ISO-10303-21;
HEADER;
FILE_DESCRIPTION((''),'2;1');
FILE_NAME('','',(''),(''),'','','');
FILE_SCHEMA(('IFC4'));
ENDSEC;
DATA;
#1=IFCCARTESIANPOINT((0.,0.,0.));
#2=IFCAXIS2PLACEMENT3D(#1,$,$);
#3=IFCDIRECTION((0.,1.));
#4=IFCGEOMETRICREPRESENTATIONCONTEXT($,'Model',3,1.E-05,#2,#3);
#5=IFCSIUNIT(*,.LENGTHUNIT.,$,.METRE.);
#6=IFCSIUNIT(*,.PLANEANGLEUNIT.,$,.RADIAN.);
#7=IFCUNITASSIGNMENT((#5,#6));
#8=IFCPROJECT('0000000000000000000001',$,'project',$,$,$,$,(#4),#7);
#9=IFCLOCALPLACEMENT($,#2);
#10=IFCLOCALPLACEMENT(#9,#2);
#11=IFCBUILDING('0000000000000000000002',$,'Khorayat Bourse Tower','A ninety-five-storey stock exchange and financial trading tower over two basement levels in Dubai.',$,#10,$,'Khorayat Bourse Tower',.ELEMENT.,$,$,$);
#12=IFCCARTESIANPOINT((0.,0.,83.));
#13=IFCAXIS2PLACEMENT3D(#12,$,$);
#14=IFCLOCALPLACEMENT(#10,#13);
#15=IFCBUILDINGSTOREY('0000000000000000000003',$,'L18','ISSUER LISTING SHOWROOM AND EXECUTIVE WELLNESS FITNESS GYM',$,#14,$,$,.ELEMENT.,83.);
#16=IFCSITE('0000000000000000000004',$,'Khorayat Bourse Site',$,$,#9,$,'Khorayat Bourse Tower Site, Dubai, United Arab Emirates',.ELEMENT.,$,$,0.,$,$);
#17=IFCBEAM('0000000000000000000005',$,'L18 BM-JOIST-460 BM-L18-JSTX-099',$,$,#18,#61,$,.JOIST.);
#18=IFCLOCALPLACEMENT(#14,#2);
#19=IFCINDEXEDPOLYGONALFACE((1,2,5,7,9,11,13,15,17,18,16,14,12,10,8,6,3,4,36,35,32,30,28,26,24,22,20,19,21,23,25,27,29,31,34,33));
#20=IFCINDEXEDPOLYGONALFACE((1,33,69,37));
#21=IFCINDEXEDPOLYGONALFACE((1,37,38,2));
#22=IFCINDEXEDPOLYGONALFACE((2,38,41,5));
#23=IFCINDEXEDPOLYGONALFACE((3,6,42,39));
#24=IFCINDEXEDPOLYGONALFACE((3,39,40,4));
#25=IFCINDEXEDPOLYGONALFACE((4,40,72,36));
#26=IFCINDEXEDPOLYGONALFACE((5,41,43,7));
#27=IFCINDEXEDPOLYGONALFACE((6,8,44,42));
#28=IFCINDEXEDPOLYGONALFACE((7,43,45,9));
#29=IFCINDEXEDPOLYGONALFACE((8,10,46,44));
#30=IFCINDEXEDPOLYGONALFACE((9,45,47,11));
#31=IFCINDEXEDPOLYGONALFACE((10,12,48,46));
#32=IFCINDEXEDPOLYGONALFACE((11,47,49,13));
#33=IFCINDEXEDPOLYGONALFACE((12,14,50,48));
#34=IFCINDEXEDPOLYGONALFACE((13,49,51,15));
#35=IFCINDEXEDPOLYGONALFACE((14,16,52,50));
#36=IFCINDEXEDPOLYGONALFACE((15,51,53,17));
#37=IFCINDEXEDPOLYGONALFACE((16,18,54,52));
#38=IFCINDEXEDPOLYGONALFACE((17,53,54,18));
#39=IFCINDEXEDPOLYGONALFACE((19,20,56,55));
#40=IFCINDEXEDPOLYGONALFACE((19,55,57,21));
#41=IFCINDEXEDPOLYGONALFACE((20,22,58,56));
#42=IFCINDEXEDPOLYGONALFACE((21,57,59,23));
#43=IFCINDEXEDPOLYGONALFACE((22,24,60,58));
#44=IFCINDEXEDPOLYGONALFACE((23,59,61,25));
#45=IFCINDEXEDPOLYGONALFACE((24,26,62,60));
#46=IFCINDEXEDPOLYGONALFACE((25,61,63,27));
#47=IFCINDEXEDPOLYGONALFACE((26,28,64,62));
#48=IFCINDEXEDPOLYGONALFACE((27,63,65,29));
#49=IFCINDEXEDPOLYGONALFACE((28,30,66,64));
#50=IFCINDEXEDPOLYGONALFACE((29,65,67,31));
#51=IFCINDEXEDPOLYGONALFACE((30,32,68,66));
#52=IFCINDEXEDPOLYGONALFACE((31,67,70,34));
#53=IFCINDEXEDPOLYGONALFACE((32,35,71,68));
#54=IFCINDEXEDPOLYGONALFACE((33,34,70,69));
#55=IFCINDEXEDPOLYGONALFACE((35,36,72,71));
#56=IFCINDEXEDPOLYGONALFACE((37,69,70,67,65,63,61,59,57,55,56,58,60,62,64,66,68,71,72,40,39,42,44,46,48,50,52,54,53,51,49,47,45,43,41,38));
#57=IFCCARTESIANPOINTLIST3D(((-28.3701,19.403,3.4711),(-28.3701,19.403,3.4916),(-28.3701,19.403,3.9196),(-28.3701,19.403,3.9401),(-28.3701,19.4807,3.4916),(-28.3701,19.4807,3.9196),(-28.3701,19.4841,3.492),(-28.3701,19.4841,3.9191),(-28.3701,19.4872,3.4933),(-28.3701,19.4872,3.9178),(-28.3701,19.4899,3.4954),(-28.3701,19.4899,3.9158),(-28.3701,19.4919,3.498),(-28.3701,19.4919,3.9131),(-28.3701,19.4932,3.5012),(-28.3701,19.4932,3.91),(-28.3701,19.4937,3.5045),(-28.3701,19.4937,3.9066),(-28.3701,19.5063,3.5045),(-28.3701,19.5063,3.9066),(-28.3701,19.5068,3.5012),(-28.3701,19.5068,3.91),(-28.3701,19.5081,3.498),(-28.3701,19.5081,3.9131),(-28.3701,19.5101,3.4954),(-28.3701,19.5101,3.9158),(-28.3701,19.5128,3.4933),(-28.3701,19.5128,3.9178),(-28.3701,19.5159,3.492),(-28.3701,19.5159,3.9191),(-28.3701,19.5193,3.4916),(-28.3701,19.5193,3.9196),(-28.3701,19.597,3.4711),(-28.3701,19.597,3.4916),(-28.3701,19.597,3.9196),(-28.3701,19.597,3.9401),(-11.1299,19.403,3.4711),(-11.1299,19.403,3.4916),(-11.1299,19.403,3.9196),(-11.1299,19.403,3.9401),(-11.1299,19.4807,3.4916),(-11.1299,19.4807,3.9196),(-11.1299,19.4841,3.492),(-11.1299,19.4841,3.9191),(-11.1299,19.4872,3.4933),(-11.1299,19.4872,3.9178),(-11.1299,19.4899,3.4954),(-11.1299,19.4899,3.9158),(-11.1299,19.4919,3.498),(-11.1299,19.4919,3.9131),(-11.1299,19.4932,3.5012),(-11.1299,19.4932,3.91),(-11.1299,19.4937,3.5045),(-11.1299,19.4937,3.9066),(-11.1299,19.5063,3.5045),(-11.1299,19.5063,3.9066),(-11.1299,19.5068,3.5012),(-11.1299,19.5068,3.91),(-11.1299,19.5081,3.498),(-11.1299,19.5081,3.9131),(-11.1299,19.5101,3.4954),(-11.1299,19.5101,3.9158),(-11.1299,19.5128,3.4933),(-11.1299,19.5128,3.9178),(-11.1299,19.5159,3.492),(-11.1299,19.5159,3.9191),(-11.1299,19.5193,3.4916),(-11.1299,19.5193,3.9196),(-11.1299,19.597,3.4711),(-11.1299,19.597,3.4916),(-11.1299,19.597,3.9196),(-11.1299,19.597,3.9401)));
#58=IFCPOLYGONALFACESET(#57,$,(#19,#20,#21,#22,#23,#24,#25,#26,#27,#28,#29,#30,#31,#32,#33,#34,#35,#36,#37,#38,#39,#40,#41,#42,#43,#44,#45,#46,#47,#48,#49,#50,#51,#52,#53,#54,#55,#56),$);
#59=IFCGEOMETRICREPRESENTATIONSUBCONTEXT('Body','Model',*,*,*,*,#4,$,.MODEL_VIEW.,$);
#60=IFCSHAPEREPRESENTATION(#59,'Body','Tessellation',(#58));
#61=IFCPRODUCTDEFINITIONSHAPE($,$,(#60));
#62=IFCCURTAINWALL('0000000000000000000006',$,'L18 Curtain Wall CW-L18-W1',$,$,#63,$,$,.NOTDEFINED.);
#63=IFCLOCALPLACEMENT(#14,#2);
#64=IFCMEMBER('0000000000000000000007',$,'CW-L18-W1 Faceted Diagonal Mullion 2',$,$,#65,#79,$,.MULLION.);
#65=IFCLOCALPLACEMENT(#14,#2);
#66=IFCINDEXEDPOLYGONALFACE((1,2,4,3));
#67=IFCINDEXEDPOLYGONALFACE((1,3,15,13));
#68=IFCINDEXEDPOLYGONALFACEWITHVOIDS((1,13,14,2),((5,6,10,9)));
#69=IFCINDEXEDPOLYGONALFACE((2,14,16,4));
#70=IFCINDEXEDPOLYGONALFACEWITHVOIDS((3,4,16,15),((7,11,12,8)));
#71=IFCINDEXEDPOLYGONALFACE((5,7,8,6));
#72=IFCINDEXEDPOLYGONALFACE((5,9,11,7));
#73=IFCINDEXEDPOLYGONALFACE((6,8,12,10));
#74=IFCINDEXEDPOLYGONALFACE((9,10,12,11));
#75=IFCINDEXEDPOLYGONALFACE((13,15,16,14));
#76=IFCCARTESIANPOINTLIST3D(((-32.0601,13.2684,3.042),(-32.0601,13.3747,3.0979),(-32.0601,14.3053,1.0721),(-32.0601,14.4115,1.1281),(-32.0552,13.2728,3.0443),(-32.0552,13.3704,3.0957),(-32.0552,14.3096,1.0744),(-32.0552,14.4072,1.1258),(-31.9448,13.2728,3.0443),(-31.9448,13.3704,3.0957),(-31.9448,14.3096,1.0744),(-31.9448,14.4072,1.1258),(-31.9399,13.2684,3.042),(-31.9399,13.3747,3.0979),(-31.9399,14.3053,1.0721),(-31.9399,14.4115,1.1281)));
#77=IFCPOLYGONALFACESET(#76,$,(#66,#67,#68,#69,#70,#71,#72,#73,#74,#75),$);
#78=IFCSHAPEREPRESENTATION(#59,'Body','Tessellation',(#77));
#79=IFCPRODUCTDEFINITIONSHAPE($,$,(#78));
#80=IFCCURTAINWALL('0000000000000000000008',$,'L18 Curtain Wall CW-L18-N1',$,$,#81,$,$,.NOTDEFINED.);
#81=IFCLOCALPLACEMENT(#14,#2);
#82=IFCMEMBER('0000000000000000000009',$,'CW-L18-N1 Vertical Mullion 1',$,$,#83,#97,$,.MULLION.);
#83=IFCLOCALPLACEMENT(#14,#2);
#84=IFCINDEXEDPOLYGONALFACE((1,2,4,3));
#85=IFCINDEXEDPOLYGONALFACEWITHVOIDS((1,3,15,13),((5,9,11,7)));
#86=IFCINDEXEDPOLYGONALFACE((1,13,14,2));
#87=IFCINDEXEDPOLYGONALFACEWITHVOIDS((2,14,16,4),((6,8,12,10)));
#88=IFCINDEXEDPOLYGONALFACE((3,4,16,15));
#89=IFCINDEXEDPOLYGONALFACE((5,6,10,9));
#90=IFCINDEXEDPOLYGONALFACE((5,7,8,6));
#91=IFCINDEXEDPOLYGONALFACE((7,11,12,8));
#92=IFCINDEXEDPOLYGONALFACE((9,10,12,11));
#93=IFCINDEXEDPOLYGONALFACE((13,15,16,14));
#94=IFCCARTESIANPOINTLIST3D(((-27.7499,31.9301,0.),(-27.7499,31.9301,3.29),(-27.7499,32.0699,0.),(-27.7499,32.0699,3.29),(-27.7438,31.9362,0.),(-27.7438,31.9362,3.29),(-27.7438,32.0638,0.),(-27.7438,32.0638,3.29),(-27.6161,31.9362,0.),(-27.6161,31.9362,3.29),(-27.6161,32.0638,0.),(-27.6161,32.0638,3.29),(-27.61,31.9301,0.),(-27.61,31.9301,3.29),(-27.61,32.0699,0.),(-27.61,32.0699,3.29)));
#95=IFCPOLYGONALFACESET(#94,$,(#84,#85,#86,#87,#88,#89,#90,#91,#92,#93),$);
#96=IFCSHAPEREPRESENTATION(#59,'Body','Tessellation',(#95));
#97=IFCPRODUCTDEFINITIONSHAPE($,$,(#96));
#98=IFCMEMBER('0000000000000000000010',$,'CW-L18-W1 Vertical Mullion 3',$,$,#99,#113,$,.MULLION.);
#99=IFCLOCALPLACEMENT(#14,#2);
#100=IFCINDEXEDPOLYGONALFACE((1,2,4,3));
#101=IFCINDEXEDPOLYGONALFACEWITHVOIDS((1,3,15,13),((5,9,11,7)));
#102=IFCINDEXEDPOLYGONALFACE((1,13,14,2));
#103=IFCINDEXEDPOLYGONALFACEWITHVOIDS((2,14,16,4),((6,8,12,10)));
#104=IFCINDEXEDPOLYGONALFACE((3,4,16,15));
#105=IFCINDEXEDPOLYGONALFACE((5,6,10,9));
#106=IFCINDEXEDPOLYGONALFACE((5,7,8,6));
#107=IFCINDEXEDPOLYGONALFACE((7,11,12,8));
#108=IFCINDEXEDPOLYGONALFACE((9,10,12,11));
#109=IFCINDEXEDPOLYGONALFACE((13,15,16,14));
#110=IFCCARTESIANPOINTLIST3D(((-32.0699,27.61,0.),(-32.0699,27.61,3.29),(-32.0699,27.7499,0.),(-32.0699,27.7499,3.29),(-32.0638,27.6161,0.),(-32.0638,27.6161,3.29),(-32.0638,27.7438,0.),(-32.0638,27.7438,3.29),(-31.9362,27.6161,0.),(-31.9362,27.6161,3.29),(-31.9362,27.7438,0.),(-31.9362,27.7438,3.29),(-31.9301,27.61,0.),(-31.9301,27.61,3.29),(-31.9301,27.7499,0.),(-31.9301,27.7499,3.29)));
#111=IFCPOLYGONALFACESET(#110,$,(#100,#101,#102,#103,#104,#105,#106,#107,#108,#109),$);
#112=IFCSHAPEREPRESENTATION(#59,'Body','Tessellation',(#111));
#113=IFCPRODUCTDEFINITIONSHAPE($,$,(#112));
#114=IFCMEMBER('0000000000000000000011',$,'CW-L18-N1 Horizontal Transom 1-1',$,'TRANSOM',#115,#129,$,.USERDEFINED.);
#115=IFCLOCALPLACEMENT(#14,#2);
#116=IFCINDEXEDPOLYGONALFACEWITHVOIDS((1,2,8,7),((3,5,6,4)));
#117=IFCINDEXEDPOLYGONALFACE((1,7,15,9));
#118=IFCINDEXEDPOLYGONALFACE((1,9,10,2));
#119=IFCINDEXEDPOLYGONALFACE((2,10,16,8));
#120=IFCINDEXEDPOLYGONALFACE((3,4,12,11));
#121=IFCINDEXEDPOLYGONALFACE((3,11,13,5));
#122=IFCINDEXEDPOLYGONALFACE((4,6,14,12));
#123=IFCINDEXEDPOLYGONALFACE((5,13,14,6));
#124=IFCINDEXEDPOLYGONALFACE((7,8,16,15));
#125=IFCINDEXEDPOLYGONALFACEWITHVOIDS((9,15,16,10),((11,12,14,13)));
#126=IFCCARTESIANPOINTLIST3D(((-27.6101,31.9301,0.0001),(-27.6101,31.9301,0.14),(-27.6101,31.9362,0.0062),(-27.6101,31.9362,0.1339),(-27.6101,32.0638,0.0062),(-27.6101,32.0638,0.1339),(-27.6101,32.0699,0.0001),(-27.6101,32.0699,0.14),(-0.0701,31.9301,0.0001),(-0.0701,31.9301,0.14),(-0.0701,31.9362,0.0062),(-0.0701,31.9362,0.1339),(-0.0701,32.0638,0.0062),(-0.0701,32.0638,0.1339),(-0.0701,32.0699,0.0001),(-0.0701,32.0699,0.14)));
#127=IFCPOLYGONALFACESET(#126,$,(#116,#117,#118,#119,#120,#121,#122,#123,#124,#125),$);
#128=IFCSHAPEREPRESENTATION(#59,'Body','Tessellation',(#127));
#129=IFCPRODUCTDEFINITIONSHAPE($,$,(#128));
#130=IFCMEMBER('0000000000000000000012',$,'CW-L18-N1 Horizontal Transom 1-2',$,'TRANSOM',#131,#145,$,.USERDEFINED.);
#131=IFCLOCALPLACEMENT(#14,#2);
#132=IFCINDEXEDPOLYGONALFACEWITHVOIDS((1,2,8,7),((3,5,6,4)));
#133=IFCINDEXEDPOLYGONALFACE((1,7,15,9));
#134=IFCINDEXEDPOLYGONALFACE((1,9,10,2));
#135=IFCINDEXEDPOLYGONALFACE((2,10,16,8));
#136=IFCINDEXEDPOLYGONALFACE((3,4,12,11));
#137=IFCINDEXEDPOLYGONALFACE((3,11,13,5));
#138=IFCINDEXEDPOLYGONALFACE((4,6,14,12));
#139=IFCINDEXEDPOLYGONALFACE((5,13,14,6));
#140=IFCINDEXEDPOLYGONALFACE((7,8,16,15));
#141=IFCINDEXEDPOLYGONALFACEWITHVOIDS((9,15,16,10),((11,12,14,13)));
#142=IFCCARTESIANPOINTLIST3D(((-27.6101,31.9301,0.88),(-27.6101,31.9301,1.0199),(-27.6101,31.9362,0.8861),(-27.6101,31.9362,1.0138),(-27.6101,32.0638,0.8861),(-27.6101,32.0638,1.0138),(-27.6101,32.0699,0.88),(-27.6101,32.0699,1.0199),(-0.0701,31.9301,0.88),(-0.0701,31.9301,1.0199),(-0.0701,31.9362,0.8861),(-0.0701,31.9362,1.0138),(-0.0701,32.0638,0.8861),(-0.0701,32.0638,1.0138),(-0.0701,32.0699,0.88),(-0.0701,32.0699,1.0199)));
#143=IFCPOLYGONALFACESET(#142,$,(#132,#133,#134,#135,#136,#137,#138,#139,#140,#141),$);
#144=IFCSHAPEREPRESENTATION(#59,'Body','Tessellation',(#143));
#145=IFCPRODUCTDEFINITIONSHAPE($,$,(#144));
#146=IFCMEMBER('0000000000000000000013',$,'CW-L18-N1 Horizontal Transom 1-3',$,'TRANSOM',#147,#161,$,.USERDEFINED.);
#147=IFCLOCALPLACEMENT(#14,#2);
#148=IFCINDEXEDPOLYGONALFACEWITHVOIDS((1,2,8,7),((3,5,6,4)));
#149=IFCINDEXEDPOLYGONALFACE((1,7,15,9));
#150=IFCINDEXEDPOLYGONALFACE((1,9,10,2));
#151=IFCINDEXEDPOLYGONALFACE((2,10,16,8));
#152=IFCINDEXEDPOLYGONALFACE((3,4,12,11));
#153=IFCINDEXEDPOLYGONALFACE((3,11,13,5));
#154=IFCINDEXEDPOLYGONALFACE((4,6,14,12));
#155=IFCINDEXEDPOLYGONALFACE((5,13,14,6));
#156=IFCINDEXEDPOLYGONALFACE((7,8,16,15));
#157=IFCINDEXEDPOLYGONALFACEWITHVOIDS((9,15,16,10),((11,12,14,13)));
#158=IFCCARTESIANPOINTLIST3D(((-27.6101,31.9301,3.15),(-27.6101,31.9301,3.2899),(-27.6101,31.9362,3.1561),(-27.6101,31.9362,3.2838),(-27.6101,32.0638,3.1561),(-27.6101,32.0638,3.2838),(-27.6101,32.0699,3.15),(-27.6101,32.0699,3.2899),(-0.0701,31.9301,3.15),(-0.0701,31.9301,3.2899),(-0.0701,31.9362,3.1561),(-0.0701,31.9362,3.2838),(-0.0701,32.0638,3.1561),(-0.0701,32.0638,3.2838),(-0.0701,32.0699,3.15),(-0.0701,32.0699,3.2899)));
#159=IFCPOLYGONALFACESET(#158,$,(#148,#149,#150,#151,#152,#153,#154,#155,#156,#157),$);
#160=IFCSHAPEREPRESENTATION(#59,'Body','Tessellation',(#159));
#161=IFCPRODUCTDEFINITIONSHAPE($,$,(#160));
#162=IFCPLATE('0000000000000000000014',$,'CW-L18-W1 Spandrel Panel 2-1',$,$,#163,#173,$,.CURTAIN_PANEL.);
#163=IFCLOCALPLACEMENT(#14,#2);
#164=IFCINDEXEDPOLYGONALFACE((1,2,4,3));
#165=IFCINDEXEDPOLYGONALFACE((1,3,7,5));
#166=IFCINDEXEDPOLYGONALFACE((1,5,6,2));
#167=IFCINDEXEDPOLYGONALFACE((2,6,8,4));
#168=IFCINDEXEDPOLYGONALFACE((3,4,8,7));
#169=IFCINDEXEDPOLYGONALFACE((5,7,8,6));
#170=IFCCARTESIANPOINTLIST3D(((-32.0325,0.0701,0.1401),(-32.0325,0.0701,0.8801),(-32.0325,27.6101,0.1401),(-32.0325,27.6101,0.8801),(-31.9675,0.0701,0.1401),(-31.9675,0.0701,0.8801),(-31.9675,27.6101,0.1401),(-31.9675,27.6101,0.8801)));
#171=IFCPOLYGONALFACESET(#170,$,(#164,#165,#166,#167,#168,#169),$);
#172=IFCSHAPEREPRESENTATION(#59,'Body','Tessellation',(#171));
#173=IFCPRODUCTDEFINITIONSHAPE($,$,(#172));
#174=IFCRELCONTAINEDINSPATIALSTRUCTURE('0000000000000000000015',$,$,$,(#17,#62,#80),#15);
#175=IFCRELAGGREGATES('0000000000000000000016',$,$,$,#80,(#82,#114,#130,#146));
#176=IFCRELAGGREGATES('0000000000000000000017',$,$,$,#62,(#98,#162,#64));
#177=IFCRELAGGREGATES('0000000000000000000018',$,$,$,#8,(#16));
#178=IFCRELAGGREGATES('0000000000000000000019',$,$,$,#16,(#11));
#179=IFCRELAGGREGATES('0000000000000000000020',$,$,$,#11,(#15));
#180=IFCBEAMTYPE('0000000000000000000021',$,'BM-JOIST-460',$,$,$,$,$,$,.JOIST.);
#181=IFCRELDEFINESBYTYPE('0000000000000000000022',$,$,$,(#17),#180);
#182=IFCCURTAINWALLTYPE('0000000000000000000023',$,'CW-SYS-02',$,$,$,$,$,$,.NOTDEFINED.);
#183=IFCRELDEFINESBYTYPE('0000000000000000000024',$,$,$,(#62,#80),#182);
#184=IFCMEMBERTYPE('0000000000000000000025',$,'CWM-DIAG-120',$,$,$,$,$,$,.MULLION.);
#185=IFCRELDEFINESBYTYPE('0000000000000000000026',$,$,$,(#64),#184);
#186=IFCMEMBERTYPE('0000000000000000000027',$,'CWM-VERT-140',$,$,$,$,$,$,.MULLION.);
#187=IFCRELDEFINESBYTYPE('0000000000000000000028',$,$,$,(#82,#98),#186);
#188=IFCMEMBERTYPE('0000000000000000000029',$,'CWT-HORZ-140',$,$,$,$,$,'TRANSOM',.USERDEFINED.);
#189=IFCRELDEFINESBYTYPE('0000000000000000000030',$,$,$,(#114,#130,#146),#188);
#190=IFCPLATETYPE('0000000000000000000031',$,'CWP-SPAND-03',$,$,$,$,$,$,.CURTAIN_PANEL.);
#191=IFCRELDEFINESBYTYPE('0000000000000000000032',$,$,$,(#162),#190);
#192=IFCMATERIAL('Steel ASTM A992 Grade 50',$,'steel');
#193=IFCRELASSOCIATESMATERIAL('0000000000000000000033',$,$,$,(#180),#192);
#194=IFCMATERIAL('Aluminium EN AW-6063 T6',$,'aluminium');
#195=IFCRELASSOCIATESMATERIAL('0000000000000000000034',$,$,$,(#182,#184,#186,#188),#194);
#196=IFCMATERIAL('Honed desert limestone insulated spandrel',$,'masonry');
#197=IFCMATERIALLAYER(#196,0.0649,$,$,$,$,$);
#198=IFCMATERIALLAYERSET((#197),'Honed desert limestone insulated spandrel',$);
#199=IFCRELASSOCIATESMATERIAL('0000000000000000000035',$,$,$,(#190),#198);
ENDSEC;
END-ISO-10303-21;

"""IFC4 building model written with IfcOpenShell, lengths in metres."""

from ifc_helpers import new_model, si_unit, direction, frame, origin, origin_2d, place, context, subcontext, project, spatial, rectangle, hollow_rectangle, i_section, extrude, source, transform, mapped, material, layer, layer_set, material_profile, profile_set, type_object, element, aggregate, save


model = new_model("IFC4")

# Units and contexts
model_context = context("Model", 3, precision=1e-05, world=origin(), true_north=direction((0.0, 1.0)))
body_context = subcontext(model_context, "Body", "Model", "MODEL_VIEW")
ifc_project = project(units=[si_unit("LENGTHUNIT", "METRE"), si_unit("PLANEANGLEUNIT", "RADIAN")], contexts=[model_context])

# Site, building, storey
site_placement = place(None, origin())
site = spatial("IfcSite", under=ifc_project, at=site_placement, Name="Khorayat Bourse Site", LongName="Khorayat Bourse Tower Site, Dubai, United Arab Emirates", CompositionType="ELEMENT", RefElevation=0.0)
building_placement = place(site_placement, origin())
building = spatial("IfcBuilding", under=site, at=building_placement, Name="Khorayat Bourse Tower", Description="A ninety-five-storey stock exchange and financial trading tower over two basement levels in Dubai.", LongName="Khorayat Bourse Tower", CompositionType="ELEMENT")
storey_placement = place(building_placement, frame((0.0, 0.0, 83.0)))
storey = spatial("IfcBuildingStorey", under=building, at=storey_placement, Name="L18", Description="ISSUER LISTING SHOWROOM AND EXECUTIVE WELLNESS FITNESS GYM", CompositionType="ELEMENT", Elevation=83.0)

# Beam
ifc_material_1 = material(Name="Steel ASTM A992 Grade 50", Category="steel")
ifc_material_profile_1 = material_profile(ifc_material_1, i_section(OverallWidth=0.1941, OverallDepth=0.469, WebThickness=0.0127, FlangeThickness=0.0205, FilletRadius=0.0129, at=origin_2d()), Name="W460X106")
ifc_profile_set_1 = profile_set([ifc_material_profile_1], Name="Steel ASTM A992 Grade 50")
beam_type_1 = type_object("IfcBeamType", Name="BM-JOIST-460", PredefinedType="JOIST", material=ifc_profile_set_1)
shared_shape_1 = source(origin(), body_context, "Body", "SweptSolid", [
    extrude(i_section(OverallWidth=0.1941, OverallDepth=0.469, WebThickness=0.0127, FlangeThickness=0.0205, FilletRadius=0.0129, at=origin_2d()), origin(), (0.0, 0.0, 1.0), 17.2402),
])
beam_1_placement = place(storey_placement, frame((-28.3701, 19.5, 3.7056), z_axis=(1.0, 0.0, 0.0), x_axis=(0.0, 1.0, 0.0)))
element("IfcBeam", 1, at=beam_1_placement, inside=storey, type_object=beam_type_1, Name="L18 BM-JOIST-460 BM-L18-JSTX-099", PredefinedType="JOIST", context=body_context, shape_type="MappedRepresentation", body=[
    mapped(shared_shape_1, transform((0.0, 0.0, 0.0), scale=1.0)),
])

# Curtain walls, members
ifc_material_2 = material(Name="Aluminium EN AW-6063 T6", Category="aluminium")
curtain_wall_type = type_object("IfcCurtainWallType", Name="CW-SYS-02", PredefinedType="NOTDEFINED", material=ifc_material_2)
curtain_wall_1_placement = place(storey_placement, origin())
curtain_wall_1 = element("IfcCurtainWall", 2, at=curtain_wall_1_placement, inside=storey, type_object=curtain_wall_type, Name="L18 Curtain Wall CW-L18-W1", PredefinedType="NOTDEFINED")
ifc_material_profile_2 = material_profile(ifc_material_2, hollow_rectangle(XDim=0.1201, YDim=0.1201, WallThickness=0.0049, at=origin_2d()), Name="ALU 120x120x5")
ifc_profile_set_2 = profile_set([ifc_material_profile_2], Name="Aluminium EN AW-6063 T6")
member_type_1 = type_object("IfcMemberType", Name="CWM-DIAG-120", PredefinedType="MULLION", material=ifc_profile_set_2)
shared_shape_2 = source(origin(), body_context, "Body", "SweptSolid", [
    extrude(hollow_rectangle(XDim=0.1201, YDim=0.1201, WallThickness=0.0049, at=origin_2d()), origin(), (0.0, 0.0, 1.0), 2.2261),
])
member_1_placement = place(storey_placement, frame((-32.0, 14.3584, 1.1001), z_axis=(0.0, -0.46576, 0.884911), x_axis=(1.0, 0.0, 0.0)))
member_1 = element("IfcMember", 3, at=member_1_placement, type_object=member_type_1, Name="CW-L18-W1 Faceted Diagonal Mullion 2", PredefinedType="MULLION", context=body_context, shape_type="MappedRepresentation", body=[
    mapped(shared_shape_2, transform((0.0, 0.0, 0.0), scale=1.0)),
])
curtain_wall_2_placement = place(storey_placement, origin())
curtain_wall_2 = element("IfcCurtainWall", 4, at=curtain_wall_2_placement, inside=storey, type_object=curtain_wall_type, Name="L18 Curtain Wall CW-L18-N1", PredefinedType="NOTDEFINED")
ifc_material_profile_3 = material_profile(ifc_material_2, hollow_rectangle(XDim=0.1399, YDim=0.1399, WallThickness=0.0061, at=origin_2d()), Name="ALU 140x140x6")
ifc_profile_set_3 = profile_set([ifc_material_profile_3], Name="Aluminium EN AW-6063 T6")
member_type_2 = type_object("IfcMemberType", Name="CWM-VERT-140", PredefinedType="MULLION", material=ifc_profile_set_3)
shared_shape_3 = source(origin(), body_context, "Body", "SweptSolid", [
    extrude(hollow_rectangle(XDim=0.1399, YDim=0.1399, WallThickness=0.0061, at=origin_2d()), origin(), (0.0, 0.0, 1.0), 3.29),
])
member_2_placement = place(storey_placement, frame((-27.6799, 32.0, 0.0), z_axis=(0.0, 0.0, 1.0), x_axis=(0.0, 1.0, 0.0)))
member_2 = element("IfcMember", 5, at=member_2_placement, type_object=member_type_2, Name="CW-L18-N1 Vertical Mullion 1", PredefinedType="MULLION", context=body_context, shape_type="MappedRepresentation", body=[
    mapped(shared_shape_3, transform((0.0, 0.0, 0.0), scale=1.0)),
])

# Members
member_3_placement = place(storey_placement, frame((-32.0, 27.6799, 0.0), z_axis=(0.0, 0.0, 1.0), x_axis=(-1.0, 0.0, 0.0)))
member_3 = element("IfcMember", 6, at=member_3_placement, type_object=member_type_2, Name="CW-L18-W1 Vertical Mullion 3", PredefinedType="MULLION", context=body_context, shape_type="MappedRepresentation", body=[
    mapped(shared_shape_3, transform((0.0, 0.0, 0.0), scale=1.0)),
])
ifc_material_profile_4 = material_profile(ifc_material_2, hollow_rectangle(XDim=0.1399, YDim=0.1399, WallThickness=0.0061, at=origin_2d()), Name="ALU 140x140x6")
ifc_profile_set_4 = profile_set([ifc_material_profile_4], Name="Aluminium EN AW-6063 T6")
member_type_3 = type_object("IfcMemberType", Name="CWT-HORZ-140", ElementType="TRANSOM", PredefinedType="USERDEFINED", material=ifc_profile_set_4)
shared_shape_4 = source(origin(), body_context, "Body", "SweptSolid", [
    extrude(hollow_rectangle(XDim=0.1399, YDim=0.1399, WallThickness=0.0061, at=origin_2d()), origin(), (0.0, 0.0, 1.0), 27.54),
])
member_4_placement = place(storey_placement, frame((-27.6101, 32.0, 0.0701), z_axis=(1.0, 0.0, 0.0), x_axis=(0.0, 1.0, 0.0)))
member_4 = element("IfcMember", 7, at=member_4_placement, type_object=member_type_3, Name="CW-L18-N1 Horizontal Transom 1-1", ObjectType="TRANSOM", PredefinedType="USERDEFINED", context=body_context, shape_type="MappedRepresentation", body=[
    mapped(shared_shape_4, transform((0.0, 0.0, 0.0), scale=1.0)),
])
member_5_placement = place(storey_placement, frame((-27.6101, 32.0, 0.95), z_axis=(1.0, 0.0, 0.0), x_axis=(0.0, 1.0, 0.0)))
member_5 = element("IfcMember", 8, at=member_5_placement, type_object=member_type_3, Name="CW-L18-N1 Horizontal Transom 1-2", ObjectType="TRANSOM", PredefinedType="USERDEFINED", context=body_context, shape_type="MappedRepresentation", body=[
    mapped(shared_shape_4, transform((0.0, 0.0, 0.0), scale=1.0)),
])
member_6_placement = place(storey_placement, frame((-27.6101, 32.0, 3.22), z_axis=(1.0, 0.0, 0.0), x_axis=(0.0, 1.0, 0.0)))
member_6 = element("IfcMember", 9, at=member_6_placement, type_object=member_type_3, Name="CW-L18-N1 Horizontal Transom 1-3", ObjectType="TRANSOM", PredefinedType="USERDEFINED", context=body_context, shape_type="MappedRepresentation", body=[
    mapped(shared_shape_4, transform((0.0, 0.0, 0.0), scale=1.0)),
])
aggregate(curtain_wall_2, [member_2, member_4, member_5, member_6])

# Plate
ifc_material_3 = material(Name="Honed desert limestone insulated spandrel", Category="masonry")
ifc_layer_1 = layer(ifc_material_3, 0.0649)
ifc_layer_set_1 = layer_set([ifc_layer_1], Name="Honed desert limestone insulated spandrel")
plate_type_1 = type_object("IfcPlateType", Name="CWP-SPAND-03", PredefinedType="CURTAIN_PANEL", material=ifc_layer_set_1)
shared_shape_5 = source(origin(), body_context, "Body", "SweptSolid", [
    extrude(rectangle(XDim=27.54, YDim=0.0649, at=origin_2d()), origin(), (0.0, 0.0, 1.0), 0.74),
])
plate_1_placement = place(storey_placement, frame((-32.0, 13.8401, 0.1401), z_axis=(0.0, 0.0, 1.0), x_axis=(0.0, 1.0, 0.0)))
plate_1 = element("IfcPlate", 10, at=plate_1_placement, type_object=plate_type_1, Name="CW-L18-W1 Spandrel Panel 2-1", PredefinedType="CURTAIN_PANEL", context=body_context, shape_type="MappedRepresentation", body=[
    mapped(shared_shape_5, transform((0.0, 0.0, 0.0), scale=1.0)),
])
aggregate(curtain_wall_1, [member_3, plate_1, member_1])

save(model, "model.ifc")
